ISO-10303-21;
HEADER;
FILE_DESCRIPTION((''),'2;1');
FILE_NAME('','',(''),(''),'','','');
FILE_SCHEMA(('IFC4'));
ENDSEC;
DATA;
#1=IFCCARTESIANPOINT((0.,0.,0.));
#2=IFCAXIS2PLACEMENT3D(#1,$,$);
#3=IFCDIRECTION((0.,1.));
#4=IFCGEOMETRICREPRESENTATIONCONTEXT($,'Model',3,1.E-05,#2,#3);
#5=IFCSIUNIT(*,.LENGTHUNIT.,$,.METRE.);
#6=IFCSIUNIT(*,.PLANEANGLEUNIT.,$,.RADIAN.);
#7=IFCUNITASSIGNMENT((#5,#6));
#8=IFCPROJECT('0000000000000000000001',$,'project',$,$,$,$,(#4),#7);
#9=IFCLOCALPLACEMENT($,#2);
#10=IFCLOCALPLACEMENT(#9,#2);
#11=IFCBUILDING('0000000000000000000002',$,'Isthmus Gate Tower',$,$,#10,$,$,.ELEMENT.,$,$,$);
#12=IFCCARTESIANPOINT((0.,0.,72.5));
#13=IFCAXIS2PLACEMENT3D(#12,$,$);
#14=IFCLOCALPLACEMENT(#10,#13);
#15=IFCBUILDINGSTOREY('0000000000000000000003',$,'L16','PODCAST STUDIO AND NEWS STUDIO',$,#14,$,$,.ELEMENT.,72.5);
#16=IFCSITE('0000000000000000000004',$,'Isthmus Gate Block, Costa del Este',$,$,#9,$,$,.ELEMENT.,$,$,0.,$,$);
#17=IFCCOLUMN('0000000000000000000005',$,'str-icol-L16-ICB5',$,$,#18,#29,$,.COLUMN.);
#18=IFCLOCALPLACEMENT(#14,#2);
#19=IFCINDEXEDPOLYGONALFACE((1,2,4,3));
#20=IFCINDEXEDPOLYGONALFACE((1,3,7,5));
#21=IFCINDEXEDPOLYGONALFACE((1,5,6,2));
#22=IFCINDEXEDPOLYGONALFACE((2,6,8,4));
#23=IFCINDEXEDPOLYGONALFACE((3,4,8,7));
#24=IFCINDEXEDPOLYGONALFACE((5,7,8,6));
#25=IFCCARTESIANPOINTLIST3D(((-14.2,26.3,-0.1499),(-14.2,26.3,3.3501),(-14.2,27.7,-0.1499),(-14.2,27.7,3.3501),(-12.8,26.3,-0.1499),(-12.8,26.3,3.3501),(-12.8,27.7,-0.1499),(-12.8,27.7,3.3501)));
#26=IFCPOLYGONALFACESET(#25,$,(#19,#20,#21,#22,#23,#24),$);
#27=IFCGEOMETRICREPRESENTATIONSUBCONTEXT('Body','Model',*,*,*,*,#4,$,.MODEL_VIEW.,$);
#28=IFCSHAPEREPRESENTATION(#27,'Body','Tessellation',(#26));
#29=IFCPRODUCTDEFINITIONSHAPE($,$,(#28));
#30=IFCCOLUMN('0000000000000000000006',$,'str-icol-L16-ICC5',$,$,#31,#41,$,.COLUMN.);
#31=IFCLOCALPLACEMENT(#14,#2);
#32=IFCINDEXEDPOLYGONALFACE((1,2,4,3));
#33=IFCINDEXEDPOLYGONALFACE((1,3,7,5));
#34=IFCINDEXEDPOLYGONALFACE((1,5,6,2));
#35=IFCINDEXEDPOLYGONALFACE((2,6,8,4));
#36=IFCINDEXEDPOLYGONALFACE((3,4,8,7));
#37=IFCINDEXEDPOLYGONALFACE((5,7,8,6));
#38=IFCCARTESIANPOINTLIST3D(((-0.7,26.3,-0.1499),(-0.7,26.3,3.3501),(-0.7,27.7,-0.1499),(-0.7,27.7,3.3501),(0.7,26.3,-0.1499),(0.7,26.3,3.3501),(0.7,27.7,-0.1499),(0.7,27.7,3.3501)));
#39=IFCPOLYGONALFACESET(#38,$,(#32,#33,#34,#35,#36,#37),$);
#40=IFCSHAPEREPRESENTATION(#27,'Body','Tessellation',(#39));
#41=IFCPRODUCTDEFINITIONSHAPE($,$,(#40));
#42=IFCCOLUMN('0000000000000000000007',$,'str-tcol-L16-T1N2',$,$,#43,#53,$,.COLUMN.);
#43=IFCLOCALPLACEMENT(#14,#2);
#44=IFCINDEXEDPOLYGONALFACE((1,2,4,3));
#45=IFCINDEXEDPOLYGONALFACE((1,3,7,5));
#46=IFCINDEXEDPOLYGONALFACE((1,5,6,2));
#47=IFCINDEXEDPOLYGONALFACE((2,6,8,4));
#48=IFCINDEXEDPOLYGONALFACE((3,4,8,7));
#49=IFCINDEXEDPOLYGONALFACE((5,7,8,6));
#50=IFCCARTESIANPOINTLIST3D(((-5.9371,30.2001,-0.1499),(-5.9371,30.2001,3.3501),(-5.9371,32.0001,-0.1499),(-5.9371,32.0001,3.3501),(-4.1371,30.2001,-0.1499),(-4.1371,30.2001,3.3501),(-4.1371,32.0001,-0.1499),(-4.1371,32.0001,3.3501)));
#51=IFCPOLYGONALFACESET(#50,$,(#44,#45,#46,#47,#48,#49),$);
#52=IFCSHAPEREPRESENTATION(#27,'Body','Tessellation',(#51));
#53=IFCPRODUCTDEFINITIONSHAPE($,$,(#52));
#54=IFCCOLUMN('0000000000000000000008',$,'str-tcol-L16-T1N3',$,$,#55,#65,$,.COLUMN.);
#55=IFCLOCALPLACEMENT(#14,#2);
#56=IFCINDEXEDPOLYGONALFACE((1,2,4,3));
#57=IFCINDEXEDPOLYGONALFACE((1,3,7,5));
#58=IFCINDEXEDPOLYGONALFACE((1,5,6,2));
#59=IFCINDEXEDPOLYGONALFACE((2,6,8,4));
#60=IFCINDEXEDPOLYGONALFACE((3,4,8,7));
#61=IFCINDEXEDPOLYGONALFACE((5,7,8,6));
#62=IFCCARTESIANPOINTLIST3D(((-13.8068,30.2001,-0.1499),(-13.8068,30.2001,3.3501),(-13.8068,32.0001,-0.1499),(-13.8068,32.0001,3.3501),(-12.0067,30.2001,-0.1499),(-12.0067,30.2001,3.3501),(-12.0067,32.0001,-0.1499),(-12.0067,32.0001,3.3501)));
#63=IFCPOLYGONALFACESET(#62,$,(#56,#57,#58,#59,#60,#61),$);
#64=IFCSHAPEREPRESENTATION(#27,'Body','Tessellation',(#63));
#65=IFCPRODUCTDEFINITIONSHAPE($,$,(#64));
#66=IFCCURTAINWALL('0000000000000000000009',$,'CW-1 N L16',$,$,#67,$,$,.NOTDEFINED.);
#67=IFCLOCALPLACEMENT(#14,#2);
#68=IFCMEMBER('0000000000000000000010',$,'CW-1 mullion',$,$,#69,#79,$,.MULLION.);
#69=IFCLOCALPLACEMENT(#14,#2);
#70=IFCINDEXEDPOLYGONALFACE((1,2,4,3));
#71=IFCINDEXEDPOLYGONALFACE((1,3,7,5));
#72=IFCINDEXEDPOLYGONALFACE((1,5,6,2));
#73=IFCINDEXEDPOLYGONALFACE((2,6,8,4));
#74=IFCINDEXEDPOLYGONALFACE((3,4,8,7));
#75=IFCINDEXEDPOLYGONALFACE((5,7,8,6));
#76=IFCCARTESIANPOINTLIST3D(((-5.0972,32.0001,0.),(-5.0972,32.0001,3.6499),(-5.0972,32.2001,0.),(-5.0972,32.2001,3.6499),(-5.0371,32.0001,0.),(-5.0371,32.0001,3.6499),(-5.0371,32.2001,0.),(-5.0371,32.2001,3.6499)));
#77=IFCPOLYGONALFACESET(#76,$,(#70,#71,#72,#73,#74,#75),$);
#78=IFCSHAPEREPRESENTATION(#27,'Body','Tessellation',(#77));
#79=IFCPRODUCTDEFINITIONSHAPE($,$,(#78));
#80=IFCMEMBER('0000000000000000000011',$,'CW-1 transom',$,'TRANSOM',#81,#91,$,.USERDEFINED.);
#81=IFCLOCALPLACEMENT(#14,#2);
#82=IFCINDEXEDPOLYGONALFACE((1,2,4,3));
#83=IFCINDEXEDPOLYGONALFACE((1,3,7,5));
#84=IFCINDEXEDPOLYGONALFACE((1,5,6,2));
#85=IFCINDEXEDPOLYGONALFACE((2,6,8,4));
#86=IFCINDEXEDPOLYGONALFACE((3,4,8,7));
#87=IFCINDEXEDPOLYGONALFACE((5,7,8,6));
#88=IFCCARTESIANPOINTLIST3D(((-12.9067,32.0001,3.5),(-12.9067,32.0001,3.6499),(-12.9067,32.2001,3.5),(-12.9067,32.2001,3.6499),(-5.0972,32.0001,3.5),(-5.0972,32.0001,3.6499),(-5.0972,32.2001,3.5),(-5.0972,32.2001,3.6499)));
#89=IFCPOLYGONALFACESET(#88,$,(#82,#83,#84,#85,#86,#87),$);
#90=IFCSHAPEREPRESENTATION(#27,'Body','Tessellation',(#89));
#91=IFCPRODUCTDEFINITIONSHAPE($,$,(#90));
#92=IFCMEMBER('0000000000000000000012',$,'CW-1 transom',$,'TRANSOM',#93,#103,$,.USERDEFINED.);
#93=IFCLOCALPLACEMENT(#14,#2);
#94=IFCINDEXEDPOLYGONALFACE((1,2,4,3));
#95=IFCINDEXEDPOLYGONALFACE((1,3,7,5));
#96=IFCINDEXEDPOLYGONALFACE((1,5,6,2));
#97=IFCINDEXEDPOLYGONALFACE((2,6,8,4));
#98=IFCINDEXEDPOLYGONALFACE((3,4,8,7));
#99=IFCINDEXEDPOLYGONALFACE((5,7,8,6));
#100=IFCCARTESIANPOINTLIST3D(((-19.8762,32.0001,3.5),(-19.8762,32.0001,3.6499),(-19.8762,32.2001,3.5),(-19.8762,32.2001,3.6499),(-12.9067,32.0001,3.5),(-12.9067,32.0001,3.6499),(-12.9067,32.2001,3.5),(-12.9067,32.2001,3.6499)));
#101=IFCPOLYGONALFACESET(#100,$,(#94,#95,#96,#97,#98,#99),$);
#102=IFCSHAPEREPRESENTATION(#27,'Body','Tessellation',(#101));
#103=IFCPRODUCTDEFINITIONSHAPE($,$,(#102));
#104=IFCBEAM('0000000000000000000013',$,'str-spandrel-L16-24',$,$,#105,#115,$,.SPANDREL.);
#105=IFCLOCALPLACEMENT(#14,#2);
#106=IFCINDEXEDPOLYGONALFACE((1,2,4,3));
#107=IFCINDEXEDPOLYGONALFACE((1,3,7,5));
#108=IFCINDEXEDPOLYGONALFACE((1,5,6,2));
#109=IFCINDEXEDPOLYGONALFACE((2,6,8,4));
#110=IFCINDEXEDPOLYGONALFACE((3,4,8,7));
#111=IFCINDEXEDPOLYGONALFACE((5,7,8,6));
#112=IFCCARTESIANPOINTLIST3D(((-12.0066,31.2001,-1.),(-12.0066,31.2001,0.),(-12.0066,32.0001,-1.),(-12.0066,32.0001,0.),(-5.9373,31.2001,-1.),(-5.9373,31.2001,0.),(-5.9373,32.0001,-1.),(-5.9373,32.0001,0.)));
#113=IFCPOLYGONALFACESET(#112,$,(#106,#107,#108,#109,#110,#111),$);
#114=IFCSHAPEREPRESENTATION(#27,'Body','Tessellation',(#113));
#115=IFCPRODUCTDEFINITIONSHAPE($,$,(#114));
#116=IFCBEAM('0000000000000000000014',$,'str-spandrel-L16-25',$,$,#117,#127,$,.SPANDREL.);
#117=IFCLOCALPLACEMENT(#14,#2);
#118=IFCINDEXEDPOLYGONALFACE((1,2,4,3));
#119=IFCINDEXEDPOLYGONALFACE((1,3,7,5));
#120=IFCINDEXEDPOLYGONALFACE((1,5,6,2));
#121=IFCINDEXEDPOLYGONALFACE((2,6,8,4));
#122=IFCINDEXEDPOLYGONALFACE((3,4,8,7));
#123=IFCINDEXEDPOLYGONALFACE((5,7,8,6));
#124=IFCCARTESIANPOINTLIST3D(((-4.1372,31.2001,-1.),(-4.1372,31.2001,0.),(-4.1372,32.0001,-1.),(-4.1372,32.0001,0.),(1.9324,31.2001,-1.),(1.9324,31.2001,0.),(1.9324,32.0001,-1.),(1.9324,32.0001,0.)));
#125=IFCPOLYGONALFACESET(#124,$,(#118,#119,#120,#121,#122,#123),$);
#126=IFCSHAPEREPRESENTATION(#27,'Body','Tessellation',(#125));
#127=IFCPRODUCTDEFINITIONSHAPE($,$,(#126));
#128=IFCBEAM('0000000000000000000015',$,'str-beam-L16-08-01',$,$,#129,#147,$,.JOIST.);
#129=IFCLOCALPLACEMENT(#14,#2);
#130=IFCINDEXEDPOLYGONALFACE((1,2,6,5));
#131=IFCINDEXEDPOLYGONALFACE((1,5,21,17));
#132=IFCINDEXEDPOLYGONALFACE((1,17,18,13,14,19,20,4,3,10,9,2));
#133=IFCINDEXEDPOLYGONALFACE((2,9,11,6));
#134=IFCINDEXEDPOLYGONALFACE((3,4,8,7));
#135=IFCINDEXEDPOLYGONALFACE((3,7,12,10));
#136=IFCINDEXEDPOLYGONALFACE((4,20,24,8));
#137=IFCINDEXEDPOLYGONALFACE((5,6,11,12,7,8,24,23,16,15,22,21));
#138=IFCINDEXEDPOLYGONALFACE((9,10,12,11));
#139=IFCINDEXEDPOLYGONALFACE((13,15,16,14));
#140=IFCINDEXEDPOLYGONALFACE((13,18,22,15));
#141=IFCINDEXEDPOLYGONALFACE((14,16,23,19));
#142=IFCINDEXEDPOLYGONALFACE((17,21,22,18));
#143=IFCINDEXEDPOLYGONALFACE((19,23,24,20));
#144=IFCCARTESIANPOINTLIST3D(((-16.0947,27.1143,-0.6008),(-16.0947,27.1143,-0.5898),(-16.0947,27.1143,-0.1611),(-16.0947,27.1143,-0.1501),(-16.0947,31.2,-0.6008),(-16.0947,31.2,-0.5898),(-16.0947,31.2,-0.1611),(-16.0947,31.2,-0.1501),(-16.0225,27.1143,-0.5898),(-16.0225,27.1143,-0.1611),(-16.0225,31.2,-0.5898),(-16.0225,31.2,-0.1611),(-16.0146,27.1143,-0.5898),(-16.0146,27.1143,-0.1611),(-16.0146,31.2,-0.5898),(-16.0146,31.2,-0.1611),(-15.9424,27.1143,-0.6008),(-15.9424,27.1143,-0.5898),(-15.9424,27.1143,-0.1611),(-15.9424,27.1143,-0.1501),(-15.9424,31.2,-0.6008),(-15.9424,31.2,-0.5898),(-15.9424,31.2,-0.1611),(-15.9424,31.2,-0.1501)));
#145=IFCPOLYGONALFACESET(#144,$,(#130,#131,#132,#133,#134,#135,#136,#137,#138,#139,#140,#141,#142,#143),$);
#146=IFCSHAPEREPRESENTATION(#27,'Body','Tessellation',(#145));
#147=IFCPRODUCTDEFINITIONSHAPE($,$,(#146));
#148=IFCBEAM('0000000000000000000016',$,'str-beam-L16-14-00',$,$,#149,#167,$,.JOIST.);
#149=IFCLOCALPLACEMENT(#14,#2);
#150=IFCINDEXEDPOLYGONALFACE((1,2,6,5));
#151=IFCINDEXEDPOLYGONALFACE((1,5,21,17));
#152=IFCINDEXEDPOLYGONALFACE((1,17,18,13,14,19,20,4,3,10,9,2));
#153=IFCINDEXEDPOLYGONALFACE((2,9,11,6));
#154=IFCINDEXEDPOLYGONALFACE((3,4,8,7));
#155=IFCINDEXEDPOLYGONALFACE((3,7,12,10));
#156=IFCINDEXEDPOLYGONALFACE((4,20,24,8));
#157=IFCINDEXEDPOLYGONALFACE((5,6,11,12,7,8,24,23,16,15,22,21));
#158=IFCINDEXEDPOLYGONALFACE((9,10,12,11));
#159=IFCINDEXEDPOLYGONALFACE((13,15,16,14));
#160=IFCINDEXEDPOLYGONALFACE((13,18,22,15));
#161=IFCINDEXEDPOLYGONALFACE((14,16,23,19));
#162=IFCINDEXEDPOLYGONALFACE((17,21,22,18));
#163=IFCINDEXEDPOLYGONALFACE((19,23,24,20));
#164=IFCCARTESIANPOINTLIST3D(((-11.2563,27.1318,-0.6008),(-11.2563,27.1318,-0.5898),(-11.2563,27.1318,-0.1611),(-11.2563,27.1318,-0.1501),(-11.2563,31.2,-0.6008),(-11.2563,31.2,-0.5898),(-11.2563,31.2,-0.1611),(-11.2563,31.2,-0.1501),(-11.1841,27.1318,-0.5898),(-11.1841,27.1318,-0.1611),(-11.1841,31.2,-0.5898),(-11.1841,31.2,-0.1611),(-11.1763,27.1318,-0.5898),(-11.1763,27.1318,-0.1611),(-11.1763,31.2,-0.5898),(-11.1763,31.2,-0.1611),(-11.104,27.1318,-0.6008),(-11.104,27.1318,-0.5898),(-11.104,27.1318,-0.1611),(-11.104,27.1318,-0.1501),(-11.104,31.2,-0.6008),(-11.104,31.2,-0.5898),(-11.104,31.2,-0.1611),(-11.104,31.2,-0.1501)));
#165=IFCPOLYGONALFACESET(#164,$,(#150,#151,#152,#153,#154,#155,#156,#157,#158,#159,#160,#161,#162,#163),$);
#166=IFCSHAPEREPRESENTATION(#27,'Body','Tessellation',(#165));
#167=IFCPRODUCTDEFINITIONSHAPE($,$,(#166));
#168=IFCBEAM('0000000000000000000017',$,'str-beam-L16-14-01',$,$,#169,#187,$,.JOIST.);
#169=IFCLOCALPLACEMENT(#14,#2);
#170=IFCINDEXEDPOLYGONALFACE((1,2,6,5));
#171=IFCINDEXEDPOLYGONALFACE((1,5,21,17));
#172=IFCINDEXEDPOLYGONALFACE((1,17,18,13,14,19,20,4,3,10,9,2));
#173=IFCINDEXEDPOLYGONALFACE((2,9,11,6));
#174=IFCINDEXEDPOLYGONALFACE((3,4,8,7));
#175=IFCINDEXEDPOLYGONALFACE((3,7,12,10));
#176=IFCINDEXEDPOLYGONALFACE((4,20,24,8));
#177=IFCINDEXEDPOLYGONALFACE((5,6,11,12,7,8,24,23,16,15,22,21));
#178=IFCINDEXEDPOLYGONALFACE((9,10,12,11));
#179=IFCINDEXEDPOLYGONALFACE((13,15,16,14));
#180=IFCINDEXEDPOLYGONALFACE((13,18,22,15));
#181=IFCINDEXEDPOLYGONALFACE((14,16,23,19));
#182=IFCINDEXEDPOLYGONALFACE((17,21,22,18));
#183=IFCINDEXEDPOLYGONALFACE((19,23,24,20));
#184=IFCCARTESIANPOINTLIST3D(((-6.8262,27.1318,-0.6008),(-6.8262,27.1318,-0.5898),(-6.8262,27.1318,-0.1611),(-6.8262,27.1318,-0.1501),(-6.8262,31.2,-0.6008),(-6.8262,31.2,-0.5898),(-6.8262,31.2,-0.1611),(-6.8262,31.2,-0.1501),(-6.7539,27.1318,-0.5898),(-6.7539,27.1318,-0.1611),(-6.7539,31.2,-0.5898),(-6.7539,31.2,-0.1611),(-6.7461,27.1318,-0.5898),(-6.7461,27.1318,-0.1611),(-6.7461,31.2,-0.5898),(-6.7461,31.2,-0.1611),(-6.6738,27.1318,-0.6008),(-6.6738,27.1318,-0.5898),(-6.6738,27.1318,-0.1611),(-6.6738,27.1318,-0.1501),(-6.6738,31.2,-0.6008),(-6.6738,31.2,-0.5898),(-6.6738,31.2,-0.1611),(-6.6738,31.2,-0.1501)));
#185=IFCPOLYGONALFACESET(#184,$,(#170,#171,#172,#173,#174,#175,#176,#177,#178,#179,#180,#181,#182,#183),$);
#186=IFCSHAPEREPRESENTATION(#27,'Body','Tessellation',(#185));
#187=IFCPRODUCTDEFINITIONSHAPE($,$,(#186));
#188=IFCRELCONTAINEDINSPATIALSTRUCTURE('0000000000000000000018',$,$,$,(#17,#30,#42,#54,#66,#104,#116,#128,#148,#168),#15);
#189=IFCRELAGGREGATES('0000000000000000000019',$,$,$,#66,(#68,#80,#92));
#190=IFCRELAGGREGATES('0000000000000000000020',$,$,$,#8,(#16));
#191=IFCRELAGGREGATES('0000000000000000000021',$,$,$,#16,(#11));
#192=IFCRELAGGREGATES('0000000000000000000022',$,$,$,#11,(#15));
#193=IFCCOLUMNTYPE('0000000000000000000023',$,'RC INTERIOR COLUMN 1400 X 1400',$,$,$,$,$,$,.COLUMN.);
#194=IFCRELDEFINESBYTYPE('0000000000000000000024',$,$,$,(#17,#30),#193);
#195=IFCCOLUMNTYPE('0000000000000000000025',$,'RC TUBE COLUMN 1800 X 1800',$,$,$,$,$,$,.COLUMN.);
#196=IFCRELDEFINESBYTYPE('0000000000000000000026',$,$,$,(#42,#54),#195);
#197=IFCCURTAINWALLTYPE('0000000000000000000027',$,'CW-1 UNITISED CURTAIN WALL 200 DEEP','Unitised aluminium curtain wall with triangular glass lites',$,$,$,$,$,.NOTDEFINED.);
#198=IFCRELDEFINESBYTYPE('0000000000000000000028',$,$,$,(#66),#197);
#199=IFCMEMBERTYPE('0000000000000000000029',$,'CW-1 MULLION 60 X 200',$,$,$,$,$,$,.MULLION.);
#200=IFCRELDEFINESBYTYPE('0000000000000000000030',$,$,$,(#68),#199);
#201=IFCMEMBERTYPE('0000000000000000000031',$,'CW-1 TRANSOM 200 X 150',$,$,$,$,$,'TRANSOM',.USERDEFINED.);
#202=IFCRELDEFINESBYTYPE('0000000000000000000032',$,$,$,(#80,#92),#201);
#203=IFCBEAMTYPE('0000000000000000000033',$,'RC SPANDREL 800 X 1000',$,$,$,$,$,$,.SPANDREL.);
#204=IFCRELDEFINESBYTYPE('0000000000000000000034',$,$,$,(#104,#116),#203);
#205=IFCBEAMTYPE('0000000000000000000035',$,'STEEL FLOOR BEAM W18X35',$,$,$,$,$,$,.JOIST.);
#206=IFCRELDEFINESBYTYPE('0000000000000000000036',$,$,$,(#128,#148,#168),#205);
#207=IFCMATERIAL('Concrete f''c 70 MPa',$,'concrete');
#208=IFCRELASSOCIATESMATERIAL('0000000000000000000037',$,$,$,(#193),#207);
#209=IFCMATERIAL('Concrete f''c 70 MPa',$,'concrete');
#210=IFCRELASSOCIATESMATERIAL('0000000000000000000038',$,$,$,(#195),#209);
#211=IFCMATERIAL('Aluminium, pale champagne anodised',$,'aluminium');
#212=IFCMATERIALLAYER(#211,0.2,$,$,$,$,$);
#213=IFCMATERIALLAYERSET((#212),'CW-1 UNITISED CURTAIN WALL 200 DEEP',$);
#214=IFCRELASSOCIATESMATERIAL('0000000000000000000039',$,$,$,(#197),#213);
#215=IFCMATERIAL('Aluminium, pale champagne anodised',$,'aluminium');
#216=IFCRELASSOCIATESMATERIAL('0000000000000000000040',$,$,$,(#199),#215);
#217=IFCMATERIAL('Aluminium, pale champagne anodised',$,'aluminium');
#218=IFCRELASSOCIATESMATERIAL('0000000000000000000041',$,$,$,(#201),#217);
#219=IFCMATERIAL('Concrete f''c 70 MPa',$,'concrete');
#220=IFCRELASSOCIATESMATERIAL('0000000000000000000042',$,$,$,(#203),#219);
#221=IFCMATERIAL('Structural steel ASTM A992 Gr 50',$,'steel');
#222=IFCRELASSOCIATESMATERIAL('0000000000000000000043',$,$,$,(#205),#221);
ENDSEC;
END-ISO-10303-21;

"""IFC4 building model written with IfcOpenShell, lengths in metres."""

from ifc_helpers import new_model, si_unit, direction, frame, origin, origin_2d, place, context, subcontext, project, spatial, rectangle, i_section, extrude, material, layer, layer_set, material_profile, profile_set, type_object, element, aggregate, save


model = new_model("IFC4")

# Units and contexts
model_context = context("Model", 3, precision=1e-05, world=origin(), true_north=direction((0.0, 1.0)))
body_context = subcontext(model_context, "Body", "Model", "MODEL_VIEW")
ifc_project = project(units=[si_unit("LENGTHUNIT", "METRE"), si_unit("PLANEANGLEUNIT", "RADIAN")], contexts=[model_context])

# Site, building, storey
site_placement = place(None, origin())
site = spatial("IfcSite", under=ifc_project, at=site_placement, Name="Isthmus Gate Block, Costa del Este", CompositionType="ELEMENT", RefElevation=0.0)
building_placement = place(site_placement, origin())
building = spatial("IfcBuilding", under=site, at=building_placement, Name="Isthmus Gate Tower", CompositionType="ELEMENT")
storey_placement = place(building_placement, frame((0.0, 0.0, 72.5)))
storey = spatial("IfcBuildingStorey", under=building, at=storey_placement, Name="L16", Description="PODCAST STUDIO AND NEWS STUDIO", CompositionType="ELEMENT", Elevation=72.5)

# Columns
ifc_material_1 = material(Name="Concrete f'c 70 MPa", Category="concrete")
ifc_material_profile_1 = material_profile(ifc_material_1, rectangle(XDim=1.3999, YDim=1.3999, at=origin_2d()), Name="RC 1400X1400")
ifc_profile_set_1 = profile_set([ifc_material_profile_1], Name="Concrete f'c 70 MPa")
column_type_1 = type_object("IfcColumnType", Name="RC INTERIOR COLUMN 1400 X 1400", PredefinedType="COLUMN", material=ifc_profile_set_1)
for number, where, z_axis, x_axis, name in (
    (1, (-13.5, 27.0, -0.1499), (0.0, 0.0, 1.0), (1.0, 0.0, 0.0), "str-icol-L16-ICB5"),
    (2, (0.0, 27.0, -0.1499), (0.0, 0.0, 1.0), (1.0, 0.0, 0.0), "str-icol-L16-ICC5"),
):
    element("IfcColumn", number, at=place(storey_placement, frame(where, z_axis=z_axis, x_axis=x_axis)), inside=storey, type_object=column_type_1, Name=name, PredefinedType="COLUMN", context=body_context, shape_type="SweptSolid", body=[
        extrude(rectangle(XDim=1.3999, YDim=1.3999, at=origin_2d()), origin(), (0.0, 0.0, 1.0), 3.5),
    ])
ifc_material_2 = material(Name="Concrete f'c 70 MPa", Category="concrete")
ifc_material_profile_2 = material_profile(ifc_material_2, rectangle(XDim=1.8, YDim=1.8, at=origin_2d()), Name="RC 1800X1800")
ifc_profile_set_2 = profile_set([ifc_material_profile_2], Name="Concrete f'c 70 MPa")
column_type_2 = type_object("IfcColumnType", Name="RC TUBE COLUMN 1800 X 1800", PredefinedType="COLUMN", material=ifc_profile_set_2)
for number, where, z_axis, x_axis, name in (
    (3, (-5.0371, 31.1001, -0.1499), (0.0, 0.0, 1.0), (-1.0, 0.0, 0.0), "str-tcol-L16-T1N2"),
    (4, (-12.9067, 31.1001, -0.1499), (0.0, 0.0, 1.0), (-1.0, 0.0, 0.0), "str-tcol-L16-T1N3"),
):
    element("IfcColumn", number, at=place(storey_placement, frame(where, z_axis=z_axis, x_axis=x_axis)), inside=storey, type_object=column_type_2, Name=name, PredefinedType="COLUMN", context=body_context, shape_type="SweptSolid", body=[
        extrude(rectangle(XDim=1.8, YDim=1.8, at=origin_2d()), origin(), (0.0, 0.0, 1.0), 3.5),
    ])

# Curtain wall, members
ifc_material_3 = material(Name="Aluminium, pale champagne anodised", Category="aluminium")
ifc_layer_1 = layer(ifc_material_3, 0.2)
ifc_layer_set_1 = layer_set([ifc_layer_1], Name="CW-1 UNITISED CURTAIN WALL 200 DEEP")
curtain_wall_type = type_object("IfcCurtainWallType", Name="CW-1 UNITISED CURTAIN WALL 200 DEEP", Description="Unitised aluminium curtain wall with triangular glass lites", PredefinedType="NOTDEFINED", material=ifc_layer_set_1)
curtain_wall_placement = place(storey_placement, origin())
curtain_wall = element("IfcCurtainWall", 5, at=curtain_wall_placement, inside=storey, type_object=curtain_wall_type, Name="CW-1 N L16", PredefinedType="NOTDEFINED")
ifc_material_4 = material(Name="Aluminium, pale champagne anodised", Category="aluminium")
ifc_material_profile_3 = material_profile(ifc_material_4, rectangle(XDim=0.0601, YDim=0.2, at=origin_2d()), Name="60x200")
ifc_profile_set_3 = profile_set([ifc_material_profile_3], Name="Aluminium, pale champagne anodised")
member_type_1 = type_object("IfcMemberType", Name="CW-1 MULLION 60 X 200", PredefinedType="MULLION", material=ifc_profile_set_3)
member_1_placement = place(storey_placement, frame((-5.0671, 32.1001, 0.0), z_axis=(0.0, 0.0, 1.0), x_axis=(-1.0, 0.0, 0.0)))
member_1 = element("IfcMember", 6, at=member_1_placement, type_object=member_type_1, Name="CW-1 mullion", PredefinedType="MULLION", context=body_context, shape_type="SweptSolid", body=[
    extrude(rectangle(XDim=0.0601, YDim=0.2, at=origin_2d()), origin(), (0.0, 0.0, 1.0), 3.6499),
])
ifc_material_5 = material(Name="Aluminium, pale champagne anodised", Category="aluminium")
ifc_material_profile_4 = material_profile(ifc_material_5, rectangle(XDim=0.2, YDim=0.1499, at=origin_2d()), Name="200x150")
ifc_profile_set_4 = profile_set([ifc_material_profile_4], Name="Aluminium, pale champagne anodised")
member_type_2 = type_object("IfcMemberType", Name="CW-1 TRANSOM 200 X 150", ElementType="TRANSOM", PredefinedType="USERDEFINED", material=ifc_profile_set_4)
member_2_placement = place(storey_placement, frame((-5.0972, 32.1001, 3.575), z_axis=(-1.0, 0.0, 0.0), x_axis=(0.0, -1.0, 0.0)))
member_2 = element("IfcMember", 7, at=member_2_placement, type_object=member_type_2, Name="CW-1 transom", ObjectType="TRANSOM", PredefinedType="USERDEFINED", context=body_context, shape_type="SweptSolid", body=[
    extrude(rectangle(XDim=0.2, YDim=0.1499, at=origin_2d()), origin(), (0.0, 0.0, 1.0), 7.8096),
])
member_3_placement = place(storey_placement, frame((-12.9067, 32.1001, 3.575), z_axis=(-1.0, 0.0, 0.0), x_axis=(0.0, -1.0, 0.0)))
member_3 = element("IfcMember", 8, at=member_3_placement, type_object=member_type_2, Name="CW-1 transom", ObjectType="TRANSOM", PredefinedType="USERDEFINED", context=body_context, shape_type="SweptSolid", body=[
    extrude(rectangle(XDim=0.2, YDim=0.1499, at=origin_2d()), origin(), (0.0, 0.0, 1.0), 6.9695),
])

# Beams
ifc_material_6 = material(Name="Concrete f'c 70 MPa", Category="concrete")
ifc_material_profile_5 = material_profile(ifc_material_6, rectangle(XDim=0.8, YDim=1.0, at=origin_2d()), Name="RC 800X1000")
ifc_profile_set_5 = profile_set([ifc_material_profile_5], Name="Concrete f'c 70 MPa")
beam_type_1 = type_object("IfcBeamType", Name="RC SPANDREL 800 X 1000", PredefinedType="SPANDREL", material=ifc_profile_set_5)
beam_1_placement = place(storey_placement, frame((-12.0066, 31.6001, -0.5), z_axis=(1.0, 0.0, 0.0), x_axis=(0.0, 1.0, 0.0)))
element("IfcBeam", 9, at=beam_1_placement, inside=storey, type_object=beam_type_1, Name="str-spandrel-L16-24", PredefinedType="SPANDREL", context=body_context, shape_type="SweptSolid", body=[
    extrude(rectangle(XDim=0.8, YDim=1.0, at=origin_2d()), origin(), (0.0, 0.0, 1.0), 6.0693),
])
beam_2_placement = place(storey_placement, frame((-4.1372, 31.6001, -0.5), z_axis=(1.0, 0.0, 0.0), x_axis=(0.0, 1.0, 0.0)))
element("IfcBeam", 10, at=beam_2_placement, inside=storey, type_object=beam_type_1, Name="str-spandrel-L16-25", PredefinedType="SPANDREL", context=body_context, shape_type="SweptSolid", body=[
    extrude(rectangle(XDim=0.8, YDim=1.0, at=origin_2d()), origin(), (0.0, 0.0, 1.0), 6.0696),
])
ifc_material_7 = material(Name="Structural steel ASTM A992 Gr 50", Category="steel")
ifc_material_profile_6 = material_profile(ifc_material_7, i_section(OverallWidth=0.1523, OverallDepth=0.4507, WebThickness=0.0078, FlangeThickness=0.011, at=origin_2d()), Name="W18X35")
ifc_profile_set_6 = profile_set([ifc_material_profile_6], Name="Structural steel ASTM A992 Gr 50")
beam_type_2 = type_object("IfcBeamType", Name="STEEL FLOOR BEAM W18X35", PredefinedType="JOIST", material=ifc_profile_set_6)
beam_3_placement = place(storey_placement, frame((-16.0186, 27.1143, -0.3755), z_axis=(0.0, 1.0, 0.0), x_axis=(-1.0, 0.0, 0.0)))
element("IfcBeam", 11, at=beam_3_placement, inside=storey, type_object=beam_type_2, Name="str-beam-L16-08-01", PredefinedType="JOIST", context=body_context, shape_type="SweptSolid", body=[
    extrude(i_section(OverallWidth=0.1523, OverallDepth=0.4507, WebThickness=0.0078, FlangeThickness=0.011, at=origin_2d()), origin(), (0.0, 0.0, 1.0), 4.0857),
])
for number, where, z_axis, x_axis, name in (
    (12, (-11.1802, 27.1318, -0.3755), (0.0, 1.0, 0.0), (-1.0, 0.0, 0.0), "str-beam-L16-14-00"),
    (13, (-6.75, 27.1318, -0.3755), (0.0, 1.0, 0.0), (-1.0, 0.0, 0.0), "str-beam-L16-14-01"),
):
    element("IfcBeam", number, at=place(storey_placement, frame(where, z_axis=z_axis, x_axis=x_axis)), inside=storey, type_object=beam_type_2, Name=name, PredefinedType="JOIST", context=body_context, shape_type="SweptSolid", body=[
        extrude(i_section(OverallWidth=0.1523, OverallDepth=0.4507, WebThickness=0.0078, FlangeThickness=0.011, at=origin_2d()), origin(), (0.0, 0.0, 1.0), 4.0681),
    ])

aggregate(curtain_wall, [member_1, member_2, member_3])

save(model, "model.ifc")
